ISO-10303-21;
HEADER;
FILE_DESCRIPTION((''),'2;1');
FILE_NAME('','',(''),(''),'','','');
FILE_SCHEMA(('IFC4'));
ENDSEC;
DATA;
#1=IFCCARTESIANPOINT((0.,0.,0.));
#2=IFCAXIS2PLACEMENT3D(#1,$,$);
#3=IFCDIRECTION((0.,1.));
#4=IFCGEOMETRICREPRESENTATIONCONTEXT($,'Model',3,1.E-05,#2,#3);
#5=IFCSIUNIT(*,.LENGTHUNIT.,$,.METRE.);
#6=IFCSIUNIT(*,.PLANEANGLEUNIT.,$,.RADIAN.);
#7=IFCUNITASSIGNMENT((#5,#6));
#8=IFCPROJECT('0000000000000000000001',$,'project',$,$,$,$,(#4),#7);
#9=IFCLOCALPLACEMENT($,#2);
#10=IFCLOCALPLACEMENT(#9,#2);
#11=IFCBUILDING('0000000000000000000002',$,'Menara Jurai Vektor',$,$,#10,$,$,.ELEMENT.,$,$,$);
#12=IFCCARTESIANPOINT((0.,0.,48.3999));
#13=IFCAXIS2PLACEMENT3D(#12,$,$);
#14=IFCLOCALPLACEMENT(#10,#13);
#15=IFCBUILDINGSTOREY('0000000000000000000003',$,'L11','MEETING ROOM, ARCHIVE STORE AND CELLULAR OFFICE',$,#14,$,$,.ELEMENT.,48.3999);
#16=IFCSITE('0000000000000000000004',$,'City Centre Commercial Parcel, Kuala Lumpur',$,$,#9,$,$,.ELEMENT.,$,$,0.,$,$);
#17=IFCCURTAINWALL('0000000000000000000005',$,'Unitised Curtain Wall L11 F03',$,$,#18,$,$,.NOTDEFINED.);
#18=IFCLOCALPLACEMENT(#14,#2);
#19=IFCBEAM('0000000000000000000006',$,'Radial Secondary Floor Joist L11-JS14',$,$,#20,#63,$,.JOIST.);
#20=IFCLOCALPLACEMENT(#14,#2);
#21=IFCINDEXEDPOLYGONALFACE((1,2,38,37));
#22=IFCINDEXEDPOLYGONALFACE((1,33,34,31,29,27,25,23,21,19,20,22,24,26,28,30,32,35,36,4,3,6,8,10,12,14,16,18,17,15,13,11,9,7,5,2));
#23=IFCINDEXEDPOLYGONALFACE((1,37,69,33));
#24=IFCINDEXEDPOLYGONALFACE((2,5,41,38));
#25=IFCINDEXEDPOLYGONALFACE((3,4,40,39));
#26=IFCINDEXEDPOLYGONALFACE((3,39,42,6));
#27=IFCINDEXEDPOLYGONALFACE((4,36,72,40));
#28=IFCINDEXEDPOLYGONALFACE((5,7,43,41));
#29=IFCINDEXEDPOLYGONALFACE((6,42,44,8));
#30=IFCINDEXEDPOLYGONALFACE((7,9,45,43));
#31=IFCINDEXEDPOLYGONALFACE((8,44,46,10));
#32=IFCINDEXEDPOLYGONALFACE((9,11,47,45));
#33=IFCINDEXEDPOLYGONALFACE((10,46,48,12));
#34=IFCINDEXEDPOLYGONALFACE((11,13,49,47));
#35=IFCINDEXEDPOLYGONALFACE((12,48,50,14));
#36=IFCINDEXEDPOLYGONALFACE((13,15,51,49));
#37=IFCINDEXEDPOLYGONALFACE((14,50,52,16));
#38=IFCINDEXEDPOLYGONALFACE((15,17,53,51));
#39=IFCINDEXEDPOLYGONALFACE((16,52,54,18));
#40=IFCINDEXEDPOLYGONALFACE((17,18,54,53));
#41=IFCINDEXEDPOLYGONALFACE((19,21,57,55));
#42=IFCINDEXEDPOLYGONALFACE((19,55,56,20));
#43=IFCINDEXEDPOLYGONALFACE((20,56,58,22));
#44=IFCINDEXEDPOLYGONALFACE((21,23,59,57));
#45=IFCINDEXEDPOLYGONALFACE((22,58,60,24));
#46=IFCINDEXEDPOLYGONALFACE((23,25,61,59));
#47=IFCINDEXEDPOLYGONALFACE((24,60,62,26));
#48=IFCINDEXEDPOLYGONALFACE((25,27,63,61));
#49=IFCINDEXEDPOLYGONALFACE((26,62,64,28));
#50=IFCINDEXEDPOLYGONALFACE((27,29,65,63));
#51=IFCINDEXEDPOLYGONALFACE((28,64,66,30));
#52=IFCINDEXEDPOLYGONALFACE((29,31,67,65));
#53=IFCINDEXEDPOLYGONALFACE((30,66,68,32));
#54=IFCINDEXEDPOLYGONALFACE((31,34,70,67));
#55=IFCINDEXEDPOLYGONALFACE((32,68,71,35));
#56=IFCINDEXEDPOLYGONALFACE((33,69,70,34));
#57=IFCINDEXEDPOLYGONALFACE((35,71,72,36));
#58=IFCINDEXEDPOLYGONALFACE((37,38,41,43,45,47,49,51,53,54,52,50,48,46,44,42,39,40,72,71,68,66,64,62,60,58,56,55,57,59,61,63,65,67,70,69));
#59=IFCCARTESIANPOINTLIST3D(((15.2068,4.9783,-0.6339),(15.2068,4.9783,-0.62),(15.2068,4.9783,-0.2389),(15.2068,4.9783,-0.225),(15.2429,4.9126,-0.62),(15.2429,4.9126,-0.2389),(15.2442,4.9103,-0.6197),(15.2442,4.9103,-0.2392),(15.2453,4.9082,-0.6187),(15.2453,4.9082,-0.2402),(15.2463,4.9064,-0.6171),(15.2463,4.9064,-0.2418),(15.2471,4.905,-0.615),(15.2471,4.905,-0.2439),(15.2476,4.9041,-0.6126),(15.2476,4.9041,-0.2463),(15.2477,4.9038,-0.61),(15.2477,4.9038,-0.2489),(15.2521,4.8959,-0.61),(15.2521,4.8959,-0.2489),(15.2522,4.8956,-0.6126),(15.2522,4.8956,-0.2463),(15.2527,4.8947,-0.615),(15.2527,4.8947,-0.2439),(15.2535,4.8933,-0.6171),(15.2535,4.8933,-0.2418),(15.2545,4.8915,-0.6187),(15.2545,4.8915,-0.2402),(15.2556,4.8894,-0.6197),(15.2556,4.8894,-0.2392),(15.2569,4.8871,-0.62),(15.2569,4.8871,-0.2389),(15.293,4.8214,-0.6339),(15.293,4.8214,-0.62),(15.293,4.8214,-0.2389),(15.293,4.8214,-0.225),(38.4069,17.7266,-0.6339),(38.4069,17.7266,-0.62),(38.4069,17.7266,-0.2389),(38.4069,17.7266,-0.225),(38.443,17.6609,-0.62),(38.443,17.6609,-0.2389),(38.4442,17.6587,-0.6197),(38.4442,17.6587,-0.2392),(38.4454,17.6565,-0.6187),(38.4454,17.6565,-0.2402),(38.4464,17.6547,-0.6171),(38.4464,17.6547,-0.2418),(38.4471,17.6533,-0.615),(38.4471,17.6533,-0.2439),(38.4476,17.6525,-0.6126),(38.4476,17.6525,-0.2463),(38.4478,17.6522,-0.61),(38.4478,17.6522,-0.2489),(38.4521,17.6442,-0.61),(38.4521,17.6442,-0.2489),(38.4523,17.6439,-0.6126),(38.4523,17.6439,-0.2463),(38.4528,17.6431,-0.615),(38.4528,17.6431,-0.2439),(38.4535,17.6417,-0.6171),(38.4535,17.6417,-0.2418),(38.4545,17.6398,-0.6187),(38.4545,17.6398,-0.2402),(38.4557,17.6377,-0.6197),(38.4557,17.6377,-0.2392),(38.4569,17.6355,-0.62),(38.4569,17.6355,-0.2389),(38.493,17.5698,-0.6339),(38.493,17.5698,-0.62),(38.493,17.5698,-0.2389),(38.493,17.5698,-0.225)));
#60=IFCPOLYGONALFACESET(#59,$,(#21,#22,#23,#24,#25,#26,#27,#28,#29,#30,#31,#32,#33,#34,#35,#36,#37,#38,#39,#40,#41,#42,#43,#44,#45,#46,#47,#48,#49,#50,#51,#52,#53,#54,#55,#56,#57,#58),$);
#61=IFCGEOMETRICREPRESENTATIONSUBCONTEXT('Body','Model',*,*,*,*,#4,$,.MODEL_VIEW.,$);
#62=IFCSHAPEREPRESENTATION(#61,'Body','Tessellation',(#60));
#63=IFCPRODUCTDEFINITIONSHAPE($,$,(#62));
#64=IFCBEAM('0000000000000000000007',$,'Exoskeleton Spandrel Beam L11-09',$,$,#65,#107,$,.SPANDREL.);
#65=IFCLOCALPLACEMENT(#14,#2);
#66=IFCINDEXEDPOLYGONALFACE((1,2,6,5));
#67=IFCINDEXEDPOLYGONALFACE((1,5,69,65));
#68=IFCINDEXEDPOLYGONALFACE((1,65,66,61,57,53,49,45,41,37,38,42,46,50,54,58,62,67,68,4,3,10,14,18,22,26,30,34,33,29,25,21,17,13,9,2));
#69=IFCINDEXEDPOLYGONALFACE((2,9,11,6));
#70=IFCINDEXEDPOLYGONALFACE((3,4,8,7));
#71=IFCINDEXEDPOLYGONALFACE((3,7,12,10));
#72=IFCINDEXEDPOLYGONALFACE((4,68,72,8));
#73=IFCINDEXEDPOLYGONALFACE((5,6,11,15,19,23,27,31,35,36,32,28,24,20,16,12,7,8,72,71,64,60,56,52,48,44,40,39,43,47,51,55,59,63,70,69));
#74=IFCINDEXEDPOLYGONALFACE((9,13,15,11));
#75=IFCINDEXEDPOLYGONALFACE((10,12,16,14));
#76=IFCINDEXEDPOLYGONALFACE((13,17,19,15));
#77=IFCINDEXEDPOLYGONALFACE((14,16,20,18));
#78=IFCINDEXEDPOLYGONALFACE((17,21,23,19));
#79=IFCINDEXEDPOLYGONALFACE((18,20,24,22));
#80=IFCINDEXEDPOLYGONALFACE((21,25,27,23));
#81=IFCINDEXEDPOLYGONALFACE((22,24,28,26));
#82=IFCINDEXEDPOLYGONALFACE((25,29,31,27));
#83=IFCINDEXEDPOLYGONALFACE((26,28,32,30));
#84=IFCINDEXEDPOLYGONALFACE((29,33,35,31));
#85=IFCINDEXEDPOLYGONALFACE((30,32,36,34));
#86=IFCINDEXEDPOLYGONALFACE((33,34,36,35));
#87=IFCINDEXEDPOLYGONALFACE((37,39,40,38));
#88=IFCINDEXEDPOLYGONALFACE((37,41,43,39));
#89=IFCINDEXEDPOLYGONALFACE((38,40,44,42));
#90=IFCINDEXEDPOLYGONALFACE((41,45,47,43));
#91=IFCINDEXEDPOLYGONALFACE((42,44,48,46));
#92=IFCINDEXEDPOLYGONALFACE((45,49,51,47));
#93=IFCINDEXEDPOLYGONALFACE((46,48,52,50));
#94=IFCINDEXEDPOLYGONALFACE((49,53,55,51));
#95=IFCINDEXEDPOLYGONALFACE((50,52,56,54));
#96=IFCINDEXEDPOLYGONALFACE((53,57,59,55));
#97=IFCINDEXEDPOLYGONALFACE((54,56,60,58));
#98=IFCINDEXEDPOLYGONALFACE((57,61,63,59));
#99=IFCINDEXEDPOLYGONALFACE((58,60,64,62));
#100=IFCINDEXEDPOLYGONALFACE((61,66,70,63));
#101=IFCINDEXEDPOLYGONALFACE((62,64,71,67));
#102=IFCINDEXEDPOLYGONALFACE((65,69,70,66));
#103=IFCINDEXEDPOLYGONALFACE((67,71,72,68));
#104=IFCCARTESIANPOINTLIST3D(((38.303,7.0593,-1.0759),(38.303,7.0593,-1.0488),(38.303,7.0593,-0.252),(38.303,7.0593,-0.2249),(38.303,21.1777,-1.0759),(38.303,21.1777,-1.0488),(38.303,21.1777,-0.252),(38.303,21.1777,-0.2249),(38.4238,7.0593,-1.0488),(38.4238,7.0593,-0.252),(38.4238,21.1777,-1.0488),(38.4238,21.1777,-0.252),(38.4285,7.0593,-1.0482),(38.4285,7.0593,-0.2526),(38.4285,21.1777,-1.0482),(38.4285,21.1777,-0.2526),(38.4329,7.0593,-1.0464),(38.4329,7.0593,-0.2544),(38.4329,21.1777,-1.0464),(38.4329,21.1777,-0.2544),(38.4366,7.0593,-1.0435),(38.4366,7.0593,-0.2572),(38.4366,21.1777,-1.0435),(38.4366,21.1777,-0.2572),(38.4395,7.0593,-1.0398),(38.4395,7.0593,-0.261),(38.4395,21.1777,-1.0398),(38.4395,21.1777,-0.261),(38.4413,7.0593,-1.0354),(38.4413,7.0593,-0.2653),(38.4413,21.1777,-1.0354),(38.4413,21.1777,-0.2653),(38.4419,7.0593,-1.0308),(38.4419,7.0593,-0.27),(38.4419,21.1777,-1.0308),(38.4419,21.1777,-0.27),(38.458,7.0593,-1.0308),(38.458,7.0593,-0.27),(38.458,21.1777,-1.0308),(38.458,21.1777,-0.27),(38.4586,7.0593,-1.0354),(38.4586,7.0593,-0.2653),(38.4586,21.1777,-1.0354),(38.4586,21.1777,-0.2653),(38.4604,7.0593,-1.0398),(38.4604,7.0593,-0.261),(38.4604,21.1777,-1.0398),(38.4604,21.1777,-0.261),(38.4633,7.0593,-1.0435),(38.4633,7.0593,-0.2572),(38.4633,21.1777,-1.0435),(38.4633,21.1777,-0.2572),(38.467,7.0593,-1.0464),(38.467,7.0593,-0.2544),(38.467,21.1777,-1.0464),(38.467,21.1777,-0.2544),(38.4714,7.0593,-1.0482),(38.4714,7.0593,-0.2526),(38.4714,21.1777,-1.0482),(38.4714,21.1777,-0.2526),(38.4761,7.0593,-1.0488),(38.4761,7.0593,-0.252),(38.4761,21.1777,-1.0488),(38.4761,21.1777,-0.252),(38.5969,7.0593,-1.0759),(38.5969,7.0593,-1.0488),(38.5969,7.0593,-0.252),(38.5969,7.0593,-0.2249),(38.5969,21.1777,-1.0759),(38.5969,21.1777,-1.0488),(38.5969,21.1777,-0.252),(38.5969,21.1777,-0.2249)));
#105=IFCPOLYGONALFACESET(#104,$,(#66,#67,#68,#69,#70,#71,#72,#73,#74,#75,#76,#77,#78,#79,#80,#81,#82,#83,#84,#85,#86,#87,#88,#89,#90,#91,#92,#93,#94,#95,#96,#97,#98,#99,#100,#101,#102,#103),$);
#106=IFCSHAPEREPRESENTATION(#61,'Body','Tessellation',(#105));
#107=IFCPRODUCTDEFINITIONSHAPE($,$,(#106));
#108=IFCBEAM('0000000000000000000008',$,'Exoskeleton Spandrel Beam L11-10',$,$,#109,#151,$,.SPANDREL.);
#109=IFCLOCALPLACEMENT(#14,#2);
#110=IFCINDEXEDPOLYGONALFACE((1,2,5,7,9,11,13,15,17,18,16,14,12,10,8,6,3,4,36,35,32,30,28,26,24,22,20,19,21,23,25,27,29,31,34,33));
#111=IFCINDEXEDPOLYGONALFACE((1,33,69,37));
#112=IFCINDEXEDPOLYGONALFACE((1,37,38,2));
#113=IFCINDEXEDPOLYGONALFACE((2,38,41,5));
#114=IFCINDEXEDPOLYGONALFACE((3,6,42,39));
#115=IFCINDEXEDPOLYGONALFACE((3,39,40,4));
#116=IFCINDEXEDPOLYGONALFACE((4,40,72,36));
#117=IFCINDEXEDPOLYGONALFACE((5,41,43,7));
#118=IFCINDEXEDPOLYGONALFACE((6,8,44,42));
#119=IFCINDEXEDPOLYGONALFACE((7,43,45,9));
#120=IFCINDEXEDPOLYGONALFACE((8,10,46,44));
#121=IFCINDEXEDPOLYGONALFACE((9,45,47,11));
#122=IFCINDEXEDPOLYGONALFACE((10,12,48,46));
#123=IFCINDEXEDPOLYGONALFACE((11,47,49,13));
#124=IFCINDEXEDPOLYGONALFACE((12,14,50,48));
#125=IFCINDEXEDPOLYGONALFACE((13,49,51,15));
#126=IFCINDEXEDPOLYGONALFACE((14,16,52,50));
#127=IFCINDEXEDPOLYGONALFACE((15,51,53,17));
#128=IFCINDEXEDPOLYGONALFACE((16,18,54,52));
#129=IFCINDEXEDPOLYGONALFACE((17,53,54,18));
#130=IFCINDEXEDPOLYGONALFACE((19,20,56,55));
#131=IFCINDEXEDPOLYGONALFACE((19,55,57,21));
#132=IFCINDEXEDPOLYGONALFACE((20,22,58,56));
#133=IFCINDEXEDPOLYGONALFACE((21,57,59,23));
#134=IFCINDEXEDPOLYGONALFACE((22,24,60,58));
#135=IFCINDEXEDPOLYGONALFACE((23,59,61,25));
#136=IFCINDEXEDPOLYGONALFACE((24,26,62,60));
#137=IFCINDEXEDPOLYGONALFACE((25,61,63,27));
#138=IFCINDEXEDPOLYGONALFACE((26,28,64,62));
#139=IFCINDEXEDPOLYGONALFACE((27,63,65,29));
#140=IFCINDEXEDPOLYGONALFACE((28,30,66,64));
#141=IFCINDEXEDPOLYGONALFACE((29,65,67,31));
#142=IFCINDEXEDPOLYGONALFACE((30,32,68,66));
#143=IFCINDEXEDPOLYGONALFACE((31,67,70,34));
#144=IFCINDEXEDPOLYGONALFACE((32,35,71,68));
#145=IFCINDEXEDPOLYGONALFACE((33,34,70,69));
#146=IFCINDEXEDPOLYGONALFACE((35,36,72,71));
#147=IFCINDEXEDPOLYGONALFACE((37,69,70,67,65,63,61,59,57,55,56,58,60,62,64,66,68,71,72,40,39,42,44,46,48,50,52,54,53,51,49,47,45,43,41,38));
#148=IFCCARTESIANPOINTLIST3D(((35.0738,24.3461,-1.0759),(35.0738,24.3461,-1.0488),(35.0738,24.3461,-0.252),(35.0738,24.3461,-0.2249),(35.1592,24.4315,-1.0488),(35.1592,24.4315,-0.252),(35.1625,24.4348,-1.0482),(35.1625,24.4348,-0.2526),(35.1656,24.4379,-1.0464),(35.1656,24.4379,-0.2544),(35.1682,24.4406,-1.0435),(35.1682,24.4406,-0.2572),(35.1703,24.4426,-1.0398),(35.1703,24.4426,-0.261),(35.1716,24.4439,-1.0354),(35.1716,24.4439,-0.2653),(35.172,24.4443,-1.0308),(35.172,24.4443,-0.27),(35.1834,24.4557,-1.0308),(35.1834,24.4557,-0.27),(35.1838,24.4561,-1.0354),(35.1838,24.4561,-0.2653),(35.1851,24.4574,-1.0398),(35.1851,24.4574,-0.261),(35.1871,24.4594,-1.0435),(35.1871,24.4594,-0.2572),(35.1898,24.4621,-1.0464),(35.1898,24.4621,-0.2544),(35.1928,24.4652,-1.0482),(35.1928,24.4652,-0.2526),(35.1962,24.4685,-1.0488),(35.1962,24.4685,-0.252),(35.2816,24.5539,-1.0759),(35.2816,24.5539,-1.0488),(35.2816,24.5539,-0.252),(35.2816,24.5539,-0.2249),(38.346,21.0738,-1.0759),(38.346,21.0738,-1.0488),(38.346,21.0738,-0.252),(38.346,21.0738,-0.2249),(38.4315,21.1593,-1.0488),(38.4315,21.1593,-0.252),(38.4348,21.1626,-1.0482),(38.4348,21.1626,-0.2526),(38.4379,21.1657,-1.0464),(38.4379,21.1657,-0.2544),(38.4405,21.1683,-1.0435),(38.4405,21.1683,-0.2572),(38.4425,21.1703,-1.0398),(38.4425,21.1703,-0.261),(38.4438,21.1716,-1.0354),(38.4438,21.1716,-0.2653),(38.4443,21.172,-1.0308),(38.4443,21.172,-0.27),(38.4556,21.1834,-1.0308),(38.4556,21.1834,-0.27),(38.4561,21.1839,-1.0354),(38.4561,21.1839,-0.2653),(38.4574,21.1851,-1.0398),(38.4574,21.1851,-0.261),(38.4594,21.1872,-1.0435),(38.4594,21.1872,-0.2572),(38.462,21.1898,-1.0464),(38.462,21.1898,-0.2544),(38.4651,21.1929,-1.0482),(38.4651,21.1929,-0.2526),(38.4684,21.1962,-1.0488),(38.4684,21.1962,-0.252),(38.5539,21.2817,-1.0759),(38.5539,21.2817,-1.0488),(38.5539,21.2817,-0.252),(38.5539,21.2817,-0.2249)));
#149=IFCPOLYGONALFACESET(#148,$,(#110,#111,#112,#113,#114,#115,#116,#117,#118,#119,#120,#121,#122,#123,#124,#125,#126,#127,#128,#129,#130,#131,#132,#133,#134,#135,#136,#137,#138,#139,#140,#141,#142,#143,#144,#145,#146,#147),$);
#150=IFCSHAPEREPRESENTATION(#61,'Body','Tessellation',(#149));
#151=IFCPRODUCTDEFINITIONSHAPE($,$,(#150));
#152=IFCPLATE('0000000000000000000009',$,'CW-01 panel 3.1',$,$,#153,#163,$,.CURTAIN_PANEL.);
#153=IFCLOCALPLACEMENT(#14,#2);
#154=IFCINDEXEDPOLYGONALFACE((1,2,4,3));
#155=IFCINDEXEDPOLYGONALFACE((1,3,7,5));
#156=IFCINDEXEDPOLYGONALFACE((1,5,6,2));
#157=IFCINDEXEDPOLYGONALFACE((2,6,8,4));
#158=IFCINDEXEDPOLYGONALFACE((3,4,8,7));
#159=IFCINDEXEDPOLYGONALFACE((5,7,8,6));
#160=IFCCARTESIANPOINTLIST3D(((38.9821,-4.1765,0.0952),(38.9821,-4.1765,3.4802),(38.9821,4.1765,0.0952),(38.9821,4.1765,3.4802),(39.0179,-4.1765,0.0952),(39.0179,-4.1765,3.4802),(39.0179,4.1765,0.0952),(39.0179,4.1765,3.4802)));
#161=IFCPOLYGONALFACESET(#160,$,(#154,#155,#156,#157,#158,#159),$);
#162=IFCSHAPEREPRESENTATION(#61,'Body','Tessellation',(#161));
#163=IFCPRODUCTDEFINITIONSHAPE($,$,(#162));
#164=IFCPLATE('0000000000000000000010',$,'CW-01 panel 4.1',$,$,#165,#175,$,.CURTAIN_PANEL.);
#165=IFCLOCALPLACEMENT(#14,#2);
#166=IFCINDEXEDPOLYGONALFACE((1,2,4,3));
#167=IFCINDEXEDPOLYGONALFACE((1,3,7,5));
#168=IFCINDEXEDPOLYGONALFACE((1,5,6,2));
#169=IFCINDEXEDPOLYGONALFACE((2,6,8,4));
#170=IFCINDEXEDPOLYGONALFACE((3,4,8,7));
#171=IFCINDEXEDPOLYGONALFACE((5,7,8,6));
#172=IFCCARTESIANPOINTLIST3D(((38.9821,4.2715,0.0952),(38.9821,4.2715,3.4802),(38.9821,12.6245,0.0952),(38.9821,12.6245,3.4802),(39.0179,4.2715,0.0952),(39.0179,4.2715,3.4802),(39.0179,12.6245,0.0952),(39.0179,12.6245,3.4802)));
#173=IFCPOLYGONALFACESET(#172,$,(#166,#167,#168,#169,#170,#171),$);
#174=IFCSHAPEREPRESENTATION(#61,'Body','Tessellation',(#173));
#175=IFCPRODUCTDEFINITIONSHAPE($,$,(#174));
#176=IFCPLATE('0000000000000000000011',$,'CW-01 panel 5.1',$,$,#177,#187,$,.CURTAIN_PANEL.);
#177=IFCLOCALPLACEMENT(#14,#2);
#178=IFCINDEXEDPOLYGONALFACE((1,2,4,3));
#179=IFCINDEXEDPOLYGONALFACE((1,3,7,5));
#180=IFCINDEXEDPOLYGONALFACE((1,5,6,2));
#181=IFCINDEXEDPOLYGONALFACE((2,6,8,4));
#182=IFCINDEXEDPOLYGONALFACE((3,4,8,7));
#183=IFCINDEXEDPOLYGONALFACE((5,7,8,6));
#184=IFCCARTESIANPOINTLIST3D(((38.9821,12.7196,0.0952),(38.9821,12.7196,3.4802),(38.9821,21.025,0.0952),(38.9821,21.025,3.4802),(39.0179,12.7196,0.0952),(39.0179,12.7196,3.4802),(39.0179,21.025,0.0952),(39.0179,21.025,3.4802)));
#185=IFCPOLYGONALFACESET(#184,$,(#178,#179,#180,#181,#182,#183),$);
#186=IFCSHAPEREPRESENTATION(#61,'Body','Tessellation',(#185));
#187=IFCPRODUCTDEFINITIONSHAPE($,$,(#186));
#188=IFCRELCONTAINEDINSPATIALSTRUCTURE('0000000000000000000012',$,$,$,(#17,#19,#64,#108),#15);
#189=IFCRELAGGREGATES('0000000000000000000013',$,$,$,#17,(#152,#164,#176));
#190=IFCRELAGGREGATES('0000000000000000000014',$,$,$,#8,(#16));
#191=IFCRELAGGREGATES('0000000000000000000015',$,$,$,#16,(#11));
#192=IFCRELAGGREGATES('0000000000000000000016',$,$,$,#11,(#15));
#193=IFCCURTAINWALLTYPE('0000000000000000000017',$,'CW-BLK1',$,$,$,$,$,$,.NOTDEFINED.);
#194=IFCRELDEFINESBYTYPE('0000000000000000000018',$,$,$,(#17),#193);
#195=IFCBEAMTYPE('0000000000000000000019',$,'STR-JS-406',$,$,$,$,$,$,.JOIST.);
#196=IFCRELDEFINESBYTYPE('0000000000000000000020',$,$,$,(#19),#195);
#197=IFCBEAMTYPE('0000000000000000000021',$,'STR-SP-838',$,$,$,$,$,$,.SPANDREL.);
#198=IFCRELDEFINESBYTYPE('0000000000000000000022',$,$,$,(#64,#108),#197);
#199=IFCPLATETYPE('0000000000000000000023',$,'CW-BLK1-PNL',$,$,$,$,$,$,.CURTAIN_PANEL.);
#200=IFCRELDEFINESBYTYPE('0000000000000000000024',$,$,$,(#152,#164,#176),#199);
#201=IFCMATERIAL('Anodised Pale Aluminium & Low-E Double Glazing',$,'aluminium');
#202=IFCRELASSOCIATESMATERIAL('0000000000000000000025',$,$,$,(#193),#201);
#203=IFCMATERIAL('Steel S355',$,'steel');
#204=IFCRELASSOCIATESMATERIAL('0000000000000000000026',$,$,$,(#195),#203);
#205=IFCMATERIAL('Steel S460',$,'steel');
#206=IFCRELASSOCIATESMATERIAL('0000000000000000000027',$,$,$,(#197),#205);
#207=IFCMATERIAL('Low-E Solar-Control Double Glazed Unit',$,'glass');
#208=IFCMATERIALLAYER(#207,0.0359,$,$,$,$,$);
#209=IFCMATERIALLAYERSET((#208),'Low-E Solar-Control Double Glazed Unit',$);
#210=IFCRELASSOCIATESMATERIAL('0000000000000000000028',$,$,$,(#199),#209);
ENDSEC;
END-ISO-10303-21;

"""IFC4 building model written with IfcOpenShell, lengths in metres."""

from ifc_helpers import new_model, si_unit, direction, frame, origin, origin_2d, place, context, subcontext, project, spatial, rectangle, i_section, extrude, material, layer, layer_set, material_profile, profile_set, type_object, element, aggregate, save


model = new_model("IFC4")

# Units and contexts
model_context = context("Model", 3, precision=1e-05, world=origin(), true_north=direction((0.0, 1.0)))
body_context = subcontext(model_context, "Body", "Model", "MODEL_VIEW")
ifc_project = project(units=[si_unit("LENGTHUNIT", "METRE"), si_unit("PLANEANGLEUNIT", "RADIAN")], contexts=[model_context])

# Site, building, storey
site_placement = place(None, origin())
site = spatial("IfcSite", under=ifc_project, at=site_placement, Name="City Centre Commercial Parcel, Kuala Lumpur", CompositionType="ELEMENT", RefElevation=0.0)
building_placement = place(site_placement, origin())
building = spatial("IfcBuilding", under=site, at=building_placement, Name="Menara Jurai Vektor", CompositionType="ELEMENT")
storey_placement = place(building_placement, frame((0.0, 0.0, 48.3999)))
storey = spatial("IfcBuildingStorey", under=building, at=storey_placement, Name="L11", Description="MEETING ROOM, ARCHIVE STORE AND CELLULAR OFFICE", CompositionType="ELEMENT", Elevation=48.3999)

# Shared definitions
ifc_material_1 = material(Name="Steel S460", Category="steel")

# Curtain wall
ifc_material_2 = material(Name="Anodised Pale Aluminium & Low-E Double Glazing", Category="aluminium")
curtain_wall_type = type_object("IfcCurtainWallType", Name="CW-BLK1", PredefinedType="NOTDEFINED", material=ifc_material_2)
curtain_wall_placement = place(storey_placement, origin())
curtain_wall = element("IfcCurtainWall", 1, at=curtain_wall_placement, inside=storey, type_object=curtain_wall_type, Name="Unitised Curtain Wall L11 F03", PredefinedType="NOTDEFINED")

# Beams
ifc_material_3 = material(Name="Steel S355", Category="steel")
ifc_material_profile_1 = material_profile(ifc_material_3, i_section(OverallWidth=0.179, OverallDepth=0.4089, WebThickness=0.009, FlangeThickness=0.0139, FilletRadius=0.01, at=origin_2d()), Name="UKB 406x178x67")
ifc_profile_set_1 = profile_set([ifc_material_profile_1], Name="Steel S355")
beam_type_1 = type_object("IfcBeamType", Name="STR-JS-406", PredefinedType="JOIST", material=ifc_profile_set_1)
beam_1_placement = place(storey_placement, frame((38.45, 17.6482, -0.4294), z_axis=(-0.876402, -0.48158, 0.0), x_axis=(0.48158, -0.876402, 0.0)))
element("IfcBeam", 2, at=beam_1_placement, inside=storey, type_object=beam_type_1, Name="Radial Secondary Floor Joist L11-JS14", PredefinedType="JOIST", context=body_context, shape_type="SweptSolid", body=[
    extrude(i_section(OverallWidth=0.179, OverallDepth=0.4089, WebThickness=0.009, FlangeThickness=0.0139, FilletRadius=0.01, at=origin_2d()), origin(), (0.0, 0.0, 1.0), 26.4719),
])
ifc_material_profile_2 = material_profile(ifc_material_1, i_section(OverallWidth=0.2939, OverallDepth=0.8511, WebThickness=0.0161, FlangeThickness=0.0271, FilletRadius=0.0181, at=origin_2d()), Name="UKB 838x292x226")
ifc_profile_set_2 = profile_set([ifc_material_profile_2], Name="Steel S460")
beam_type_2 = type_object("IfcBeamType", Name="STR-SP-838", PredefinedType="SPANDREL", material=ifc_profile_set_2)
beam_2_placement = place(storey_placement, frame((38.45, 7.0593, -0.6504), z_axis=(0.0, 1.0, 0.0), x_axis=(-1.0, 0.0, 0.0)))
element("IfcBeam", 3, at=beam_2_placement, inside=storey, type_object=beam_type_2, Name="Exoskeleton Spandrel Beam L11-09", PredefinedType="SPANDREL", context=body_context, shape_type="SweptSolid", body=[
    extrude(i_section(OverallWidth=0.2939, OverallDepth=0.8511, WebThickness=0.0161, FlangeThickness=0.0271, FilletRadius=0.0181, at=origin_2d()), origin(), (0.0, 0.0, 1.0), 14.1184),
])
beam_3_placement = place(storey_placement, frame((38.45, 21.1777, -0.6504), z_axis=(-0.707107, 0.707107, 0.0), x_axis=(-0.707107, -0.707107, 0.0)))
element("IfcBeam", 4, at=beam_3_placement, inside=storey, type_object=beam_type_2, Name="Exoskeleton Spandrel Beam L11-10", PredefinedType="SPANDREL", context=body_context, shape_type="SweptSolid", body=[
    extrude(i_section(OverallWidth=0.2939, OverallDepth=0.8511, WebThickness=0.0161, FlangeThickness=0.0271, FilletRadius=0.0181, at=origin_2d()), origin(), (0.0, 0.0, 1.0), 4.6277),
])

# Plates
ifc_material_4 = material(Name="Low-E Solar-Control Double Glazed Unit", Category="glass")
ifc_layer_1 = layer(ifc_material_4, 0.0359)
ifc_layer_set_1 = layer_set([ifc_layer_1], Name="Low-E Solar-Control Double Glazed Unit")
plate_type_1 = type_object("IfcPlateType", Name="CW-BLK1-PNL", PredefinedType="CURTAIN_PANEL", material=ifc_layer_set_1)
plate_1_placement = place(storey_placement, frame((39.0, 0.0, 0.0952), z_axis=(0.0, 0.0, 1.0), x_axis=(0.0, 1.0, 0.0)))
plate_1 = element("IfcPlate", 5, at=plate_1_placement, type_object=plate_type_1, Name="CW-01 panel 3.1", PredefinedType="CURTAIN_PANEL", context=body_context, shape_type="SweptSolid", body=[
    extrude(rectangle(XDim=8.353, YDim=0.0359, at=origin_2d()), origin(), (0.0, 0.0, 1.0), 3.385),
])
plate_2_placement = place(storey_placement, frame((39.0, 8.448, 0.0952), z_axis=(0.0, 0.0, 1.0), x_axis=(0.0, 1.0, 0.0)))
plate_2 = element("IfcPlate", 6, at=plate_2_placement, type_object=plate_type_1, Name="CW-01 panel 4.1", PredefinedType="CURTAIN_PANEL", context=body_context, shape_type="SweptSolid", body=[
    extrude(rectangle(XDim=8.353, YDim=0.0359, at=origin_2d()), origin(), (0.0, 0.0, 1.0), 3.385),
])
plate_3_placement = place(storey_placement, frame((39.0, 16.8723, 0.0952), z_axis=(0.0, 0.0, 1.0), x_axis=(0.0, 1.0, 0.0)))
plate_3 = element("IfcPlate", 7, at=plate_3_placement, type_object=plate_type_1, Name="CW-01 panel 5.1", PredefinedType="CURTAIN_PANEL", context=body_context, shape_type="SweptSolid", body=[
    extrude(rectangle(XDim=8.3054, YDim=0.0359, at=origin_2d()), origin(), (0.0, 0.0, 1.0), 3.385),
])
aggregate(curtain_wall, [plate_1, plate_2, plate_3])

save(model, "model.ifc")
